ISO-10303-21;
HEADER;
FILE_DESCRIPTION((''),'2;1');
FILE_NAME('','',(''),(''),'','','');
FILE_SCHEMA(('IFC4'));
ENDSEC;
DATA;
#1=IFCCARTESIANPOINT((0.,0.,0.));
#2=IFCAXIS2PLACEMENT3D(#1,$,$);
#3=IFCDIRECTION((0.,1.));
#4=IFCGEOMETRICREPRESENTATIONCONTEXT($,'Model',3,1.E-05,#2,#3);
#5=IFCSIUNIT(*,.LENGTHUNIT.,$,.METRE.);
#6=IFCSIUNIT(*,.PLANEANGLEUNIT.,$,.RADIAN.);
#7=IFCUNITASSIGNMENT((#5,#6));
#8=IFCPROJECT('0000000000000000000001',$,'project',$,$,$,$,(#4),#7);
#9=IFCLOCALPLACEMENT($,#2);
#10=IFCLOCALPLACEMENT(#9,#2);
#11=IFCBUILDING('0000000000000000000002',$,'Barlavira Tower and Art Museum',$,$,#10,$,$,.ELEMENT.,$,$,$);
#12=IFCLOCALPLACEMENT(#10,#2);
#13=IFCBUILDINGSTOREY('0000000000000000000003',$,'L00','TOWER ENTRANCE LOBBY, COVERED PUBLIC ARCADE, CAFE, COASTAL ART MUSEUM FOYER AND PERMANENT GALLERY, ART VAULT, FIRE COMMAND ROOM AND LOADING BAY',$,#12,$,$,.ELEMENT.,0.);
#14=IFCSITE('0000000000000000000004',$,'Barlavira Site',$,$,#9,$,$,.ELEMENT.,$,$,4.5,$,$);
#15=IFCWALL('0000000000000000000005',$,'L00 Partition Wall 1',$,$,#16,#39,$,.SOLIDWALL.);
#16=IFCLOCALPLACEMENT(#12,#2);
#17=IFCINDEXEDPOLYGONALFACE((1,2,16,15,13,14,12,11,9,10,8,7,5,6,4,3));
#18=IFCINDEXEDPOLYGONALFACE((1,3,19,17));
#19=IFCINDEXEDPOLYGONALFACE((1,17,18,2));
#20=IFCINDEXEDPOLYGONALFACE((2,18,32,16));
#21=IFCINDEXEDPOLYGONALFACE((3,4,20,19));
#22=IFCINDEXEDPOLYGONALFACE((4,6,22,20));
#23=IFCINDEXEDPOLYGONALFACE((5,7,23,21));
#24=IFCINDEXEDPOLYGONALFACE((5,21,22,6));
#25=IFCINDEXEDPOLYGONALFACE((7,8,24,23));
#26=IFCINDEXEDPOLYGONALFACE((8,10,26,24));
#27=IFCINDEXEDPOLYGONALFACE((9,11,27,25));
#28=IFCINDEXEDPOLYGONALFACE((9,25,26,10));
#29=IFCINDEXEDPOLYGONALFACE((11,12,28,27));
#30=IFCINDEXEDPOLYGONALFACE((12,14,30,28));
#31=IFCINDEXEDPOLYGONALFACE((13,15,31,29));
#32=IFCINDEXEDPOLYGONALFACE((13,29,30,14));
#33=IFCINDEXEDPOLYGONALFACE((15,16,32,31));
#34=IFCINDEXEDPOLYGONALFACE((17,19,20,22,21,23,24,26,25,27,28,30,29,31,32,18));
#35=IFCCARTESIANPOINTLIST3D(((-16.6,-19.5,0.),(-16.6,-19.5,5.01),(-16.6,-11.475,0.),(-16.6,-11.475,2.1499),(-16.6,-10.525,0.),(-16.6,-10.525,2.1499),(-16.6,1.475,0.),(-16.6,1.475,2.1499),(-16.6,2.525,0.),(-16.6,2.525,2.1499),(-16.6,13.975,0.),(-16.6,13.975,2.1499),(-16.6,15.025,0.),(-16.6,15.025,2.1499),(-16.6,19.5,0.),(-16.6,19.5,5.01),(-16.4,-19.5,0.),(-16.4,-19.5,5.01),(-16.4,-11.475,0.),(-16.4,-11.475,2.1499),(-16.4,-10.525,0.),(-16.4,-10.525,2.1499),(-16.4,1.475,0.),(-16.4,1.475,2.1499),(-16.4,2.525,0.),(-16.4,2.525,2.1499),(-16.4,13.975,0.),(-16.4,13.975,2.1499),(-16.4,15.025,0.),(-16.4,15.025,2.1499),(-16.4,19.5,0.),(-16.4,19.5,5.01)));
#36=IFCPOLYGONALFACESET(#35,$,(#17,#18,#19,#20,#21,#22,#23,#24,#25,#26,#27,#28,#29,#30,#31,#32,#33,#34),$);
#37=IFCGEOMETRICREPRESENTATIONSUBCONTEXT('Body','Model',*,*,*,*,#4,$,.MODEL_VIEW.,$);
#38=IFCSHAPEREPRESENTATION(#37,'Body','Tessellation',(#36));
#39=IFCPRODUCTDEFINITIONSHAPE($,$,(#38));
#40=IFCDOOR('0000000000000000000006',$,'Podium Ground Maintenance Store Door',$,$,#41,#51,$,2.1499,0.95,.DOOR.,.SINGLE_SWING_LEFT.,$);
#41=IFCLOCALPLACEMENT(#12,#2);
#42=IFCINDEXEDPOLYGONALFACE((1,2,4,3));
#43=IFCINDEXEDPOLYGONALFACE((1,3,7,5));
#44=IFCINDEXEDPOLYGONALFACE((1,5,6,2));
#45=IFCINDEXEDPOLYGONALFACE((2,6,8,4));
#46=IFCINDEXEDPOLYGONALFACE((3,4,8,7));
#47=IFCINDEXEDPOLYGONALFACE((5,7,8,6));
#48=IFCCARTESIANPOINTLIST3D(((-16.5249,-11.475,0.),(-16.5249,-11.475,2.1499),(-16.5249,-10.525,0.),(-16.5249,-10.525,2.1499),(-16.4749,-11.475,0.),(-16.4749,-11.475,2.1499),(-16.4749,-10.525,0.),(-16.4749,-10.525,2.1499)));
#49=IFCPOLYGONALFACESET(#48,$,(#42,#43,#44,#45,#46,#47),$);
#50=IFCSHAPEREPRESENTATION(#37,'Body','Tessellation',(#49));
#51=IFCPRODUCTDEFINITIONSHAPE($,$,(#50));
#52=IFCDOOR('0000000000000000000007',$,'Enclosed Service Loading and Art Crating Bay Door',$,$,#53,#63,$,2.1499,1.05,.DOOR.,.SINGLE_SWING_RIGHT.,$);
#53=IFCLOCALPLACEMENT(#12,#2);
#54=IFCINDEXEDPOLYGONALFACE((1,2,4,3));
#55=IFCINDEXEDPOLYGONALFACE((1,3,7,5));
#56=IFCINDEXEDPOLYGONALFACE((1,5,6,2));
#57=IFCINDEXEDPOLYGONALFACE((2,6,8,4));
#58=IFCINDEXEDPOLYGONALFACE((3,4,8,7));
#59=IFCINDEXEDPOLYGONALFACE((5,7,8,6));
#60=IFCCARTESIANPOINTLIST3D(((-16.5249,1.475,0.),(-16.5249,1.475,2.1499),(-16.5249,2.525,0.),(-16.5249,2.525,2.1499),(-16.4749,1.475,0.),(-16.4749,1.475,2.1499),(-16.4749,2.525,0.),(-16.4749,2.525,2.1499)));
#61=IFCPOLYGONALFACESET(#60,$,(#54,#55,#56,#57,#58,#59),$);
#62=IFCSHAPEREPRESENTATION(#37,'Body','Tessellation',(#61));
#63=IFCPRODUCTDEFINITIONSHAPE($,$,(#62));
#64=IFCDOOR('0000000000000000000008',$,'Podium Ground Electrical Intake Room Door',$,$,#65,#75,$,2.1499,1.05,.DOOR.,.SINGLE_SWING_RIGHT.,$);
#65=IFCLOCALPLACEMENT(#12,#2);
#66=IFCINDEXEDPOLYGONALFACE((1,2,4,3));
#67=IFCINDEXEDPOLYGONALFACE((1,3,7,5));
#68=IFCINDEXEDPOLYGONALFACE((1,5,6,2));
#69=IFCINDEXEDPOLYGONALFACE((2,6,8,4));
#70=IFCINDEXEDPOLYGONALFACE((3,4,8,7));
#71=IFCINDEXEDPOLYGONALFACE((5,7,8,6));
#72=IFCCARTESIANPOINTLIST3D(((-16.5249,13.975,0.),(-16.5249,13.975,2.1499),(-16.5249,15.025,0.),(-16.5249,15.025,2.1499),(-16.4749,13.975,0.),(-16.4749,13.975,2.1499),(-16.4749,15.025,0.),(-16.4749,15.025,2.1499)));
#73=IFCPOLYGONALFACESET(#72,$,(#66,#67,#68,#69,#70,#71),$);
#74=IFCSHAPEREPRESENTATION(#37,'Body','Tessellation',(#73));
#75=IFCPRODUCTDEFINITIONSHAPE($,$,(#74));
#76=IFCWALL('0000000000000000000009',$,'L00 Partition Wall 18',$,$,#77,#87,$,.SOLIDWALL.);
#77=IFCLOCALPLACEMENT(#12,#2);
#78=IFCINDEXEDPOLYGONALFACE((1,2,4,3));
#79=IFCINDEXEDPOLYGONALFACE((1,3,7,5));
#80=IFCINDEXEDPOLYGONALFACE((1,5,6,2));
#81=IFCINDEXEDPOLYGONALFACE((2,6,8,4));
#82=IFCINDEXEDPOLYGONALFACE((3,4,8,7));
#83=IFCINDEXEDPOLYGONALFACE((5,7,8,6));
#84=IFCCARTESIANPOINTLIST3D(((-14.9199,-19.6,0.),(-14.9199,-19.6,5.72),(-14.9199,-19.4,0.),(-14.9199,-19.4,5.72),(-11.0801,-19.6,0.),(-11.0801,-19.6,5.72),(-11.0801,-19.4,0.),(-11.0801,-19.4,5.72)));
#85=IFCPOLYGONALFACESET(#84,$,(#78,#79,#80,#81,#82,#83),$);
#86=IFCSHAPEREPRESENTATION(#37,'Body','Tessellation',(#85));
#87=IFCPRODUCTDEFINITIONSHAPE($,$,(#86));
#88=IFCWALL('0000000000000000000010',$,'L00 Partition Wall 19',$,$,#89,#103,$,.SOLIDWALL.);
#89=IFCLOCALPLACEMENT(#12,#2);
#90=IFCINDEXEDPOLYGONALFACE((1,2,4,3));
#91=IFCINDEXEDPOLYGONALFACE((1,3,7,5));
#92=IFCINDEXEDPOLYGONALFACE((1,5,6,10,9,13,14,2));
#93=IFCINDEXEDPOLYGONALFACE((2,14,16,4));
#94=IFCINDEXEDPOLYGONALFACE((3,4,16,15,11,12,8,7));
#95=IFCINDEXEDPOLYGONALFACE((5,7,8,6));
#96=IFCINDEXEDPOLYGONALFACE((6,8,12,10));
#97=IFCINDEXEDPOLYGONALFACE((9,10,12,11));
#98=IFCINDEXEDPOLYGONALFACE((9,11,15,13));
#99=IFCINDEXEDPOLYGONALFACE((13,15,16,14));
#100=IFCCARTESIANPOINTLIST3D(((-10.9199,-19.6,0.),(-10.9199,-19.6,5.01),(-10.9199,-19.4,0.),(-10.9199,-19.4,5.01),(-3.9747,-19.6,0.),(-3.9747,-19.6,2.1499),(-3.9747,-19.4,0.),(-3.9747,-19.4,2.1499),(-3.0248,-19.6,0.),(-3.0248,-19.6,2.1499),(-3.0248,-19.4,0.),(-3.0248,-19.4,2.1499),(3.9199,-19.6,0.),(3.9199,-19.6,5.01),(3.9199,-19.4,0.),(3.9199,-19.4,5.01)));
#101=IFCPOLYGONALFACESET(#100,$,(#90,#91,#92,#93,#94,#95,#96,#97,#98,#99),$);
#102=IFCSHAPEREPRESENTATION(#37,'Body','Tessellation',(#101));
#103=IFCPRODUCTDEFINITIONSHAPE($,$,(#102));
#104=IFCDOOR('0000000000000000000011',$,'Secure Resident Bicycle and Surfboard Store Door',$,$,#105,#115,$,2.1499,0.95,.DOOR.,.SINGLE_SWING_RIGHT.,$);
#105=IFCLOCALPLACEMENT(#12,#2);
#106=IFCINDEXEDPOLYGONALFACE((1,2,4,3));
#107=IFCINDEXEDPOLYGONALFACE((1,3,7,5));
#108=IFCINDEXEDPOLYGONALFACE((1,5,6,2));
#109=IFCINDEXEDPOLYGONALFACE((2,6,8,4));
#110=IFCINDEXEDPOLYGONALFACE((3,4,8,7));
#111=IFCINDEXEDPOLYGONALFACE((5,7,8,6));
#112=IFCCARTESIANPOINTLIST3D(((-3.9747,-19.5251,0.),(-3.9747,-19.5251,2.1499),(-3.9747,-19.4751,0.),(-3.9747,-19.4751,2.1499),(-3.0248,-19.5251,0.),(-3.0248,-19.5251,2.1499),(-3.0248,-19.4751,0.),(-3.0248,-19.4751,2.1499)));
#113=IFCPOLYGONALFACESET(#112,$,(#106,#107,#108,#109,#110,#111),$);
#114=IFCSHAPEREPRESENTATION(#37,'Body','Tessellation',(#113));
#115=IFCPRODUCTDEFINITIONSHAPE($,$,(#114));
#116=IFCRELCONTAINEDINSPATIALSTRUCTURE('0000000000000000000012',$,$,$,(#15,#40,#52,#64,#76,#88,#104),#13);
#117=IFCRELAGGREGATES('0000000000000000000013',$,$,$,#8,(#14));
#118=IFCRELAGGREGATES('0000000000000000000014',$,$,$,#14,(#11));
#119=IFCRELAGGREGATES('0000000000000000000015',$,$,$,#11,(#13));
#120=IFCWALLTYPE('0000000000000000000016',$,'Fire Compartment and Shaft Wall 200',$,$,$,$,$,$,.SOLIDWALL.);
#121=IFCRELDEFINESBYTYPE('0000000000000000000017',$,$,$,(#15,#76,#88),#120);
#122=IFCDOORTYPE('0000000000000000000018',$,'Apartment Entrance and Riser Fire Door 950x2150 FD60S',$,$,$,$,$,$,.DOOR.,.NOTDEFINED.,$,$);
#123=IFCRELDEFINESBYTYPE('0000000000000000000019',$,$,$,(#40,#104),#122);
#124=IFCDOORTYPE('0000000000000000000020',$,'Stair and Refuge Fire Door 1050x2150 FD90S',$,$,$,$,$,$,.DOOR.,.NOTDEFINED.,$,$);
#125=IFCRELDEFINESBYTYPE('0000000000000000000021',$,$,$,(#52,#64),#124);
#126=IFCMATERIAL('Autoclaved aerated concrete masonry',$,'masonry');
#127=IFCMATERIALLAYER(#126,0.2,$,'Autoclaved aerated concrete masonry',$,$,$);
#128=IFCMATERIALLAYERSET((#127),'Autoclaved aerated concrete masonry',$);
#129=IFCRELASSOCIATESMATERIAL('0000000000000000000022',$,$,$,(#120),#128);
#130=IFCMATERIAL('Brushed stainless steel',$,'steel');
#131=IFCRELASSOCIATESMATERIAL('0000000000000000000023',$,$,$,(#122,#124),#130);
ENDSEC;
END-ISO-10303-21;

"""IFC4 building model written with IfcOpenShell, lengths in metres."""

from ifc_helpers import new_model, si_unit, direction, frame, frame_2d, origin, place, context, subcontext, project, spatial, rectangle, extrude, material, layer, layer_set, type_object, element, fill, save


model = new_model("IFC4")

# Units and contexts
model_context = context("Model", 3, precision=1e-05, world=origin(), true_north=direction((0.0, 1.0)))
body_context = subcontext(model_context, "Body", "Model", "MODEL_VIEW")
ifc_project = project(units=[si_unit("LENGTHUNIT", "METRE"), si_unit("PLANEANGLEUNIT", "RADIAN")], contexts=[model_context])

# Site, building, storey
site_placement = place(None, origin())
site = spatial("IfcSite", under=ifc_project, at=site_placement, Name="Barlavira Site", CompositionType="ELEMENT", RefElevation=4.5)
building_placement = place(site_placement, origin())
building = spatial("IfcBuilding", under=site, at=building_placement, Name="Barlavira Tower and Art Museum", CompositionType="ELEMENT")
storey_placement = place(building_placement, origin())
storey = spatial("IfcBuildingStorey", under=building, at=storey_placement, Name="L00", Description="TOWER ENTRANCE LOBBY, COVERED PUBLIC ARCADE, CAFE, COASTAL ART MUSEUM FOYER AND PERMANENT GALLERY, ART VAULT, FIRE COMMAND ROOM AND LOADING BAY", CompositionType="ELEMENT", Elevation=0.0)

# Shared definitions
ifc_material_1 = material(Name="Autoclaved aerated concrete masonry", Category="masonry")
ifc_layer = layer(ifc_material_1, 0.2, Name="Autoclaved aerated concrete masonry")
ifc_layer_set = layer_set([ifc_layer], Name="Autoclaved aerated concrete masonry")
wall_type = type_object("IfcWallType", Name="Fire Compartment and Shaft Wall 200", PredefinedType="SOLIDWALL", material=ifc_layer_set)

# Wall, openings, doors
wall_1_placement = place(storey_placement, frame((-16.5, -19.5, 0.0), z_axis=(0.0, 0.0, 1.0), x_axis=(0.0, 1.0, 0.0)))
wall_1 = element("IfcWall", 1, at=wall_1_placement, inside=storey, type_object=wall_type, Name="L00 Partition Wall 1", PredefinedType="SOLIDWALL", context=body_context, shape_type="SweptSolid", body=[
    extrude(rectangle(XDim=39.0, YDim=0.2, at=frame_2d((19.5, 0.0))), origin(), (0.0, 0.0, 1.0), 5.01),
])
opening_1_placement = place(wall_1_placement, frame((20.9751, 0.0, 0.0)))
opening_1 = element("IfcOpeningElement", 2, at=opening_1_placement, cuts=wall_1, PredefinedType="OPENING", context=body_context, shape_type="SweptSolid", body=[
    extrude(rectangle(XDim=1.05, YDim=2.1499, at=frame_2d((0.5249, 1.075))), frame((0.0, 0.1099, 0.0), z_axis=(0.0, -1.0, 0.0), x_axis=(1.0, 0.0, 0.0)), (0.0, 0.0, 1.0), 0.22),
])
opening_2_placement = place(wall_1_placement, frame((8.0249, 0.0, 0.0)))
opening_2 = element("IfcOpeningElement", 3, at=opening_2_placement, cuts=wall_1, PredefinedType="OPENING", context=body_context, shape_type="SweptSolid", body=[
    extrude(rectangle(XDim=0.95, YDim=2.1499, at=frame_2d((0.4751, 1.075))), frame((0.0, 0.1099, 0.0), z_axis=(0.0, -1.0, 0.0), x_axis=(1.0, 0.0, 0.0)), (0.0, 0.0, 1.0), 0.22),
])
opening_3_placement = place(wall_1_placement, frame((33.4751, 0.0, 0.0)))
opening_3 = element("IfcOpeningElement", 4, at=opening_3_placement, cuts=wall_1, PredefinedType="OPENING", context=body_context, shape_type="SweptSolid", body=[
    extrude(rectangle(XDim=1.05, YDim=2.1499, at=frame_2d((0.5249, 1.075))), frame((0.0, 0.1099, 0.0), z_axis=(0.0, -1.0, 0.0), x_axis=(1.0, 0.0, 0.0)), (0.0, 0.0, 1.0), 0.22),
])
ifc_material_2 = material(Name="Brushed stainless steel", Category="steel")
door_type_1 = type_object("IfcDoorType", Name="Apartment Entrance and Riser Fire Door 950x2150 FD60S", OperationType="NOTDEFINED", PredefinedType="DOOR", material=ifc_material_2)
door_1_placement = place(opening_2_placement, origin())
door_1 = element("IfcDoor", 5, at=door_1_placement, inside=storey, type_object=door_type_1, Name="Podium Ground Maintenance Store Door", OperationType="SINGLE_SWING_LEFT", OverallHeight=2.1499, OverallWidth=0.95, PredefinedType="DOOR", context=body_context, shape_type="SweptSolid", body=[
    extrude(rectangle(XDim=0.95, YDim=2.1499, at=frame_2d((0.4751, 1.075))), frame((0.0, 0.0249, 0.0), z_axis=(0.0, -1.0, 0.0), x_axis=(1.0, 0.0, 0.0)), (0.0, 0.0, 1.0), 0.05),
])
fill(opening_2, door_1)
door_type_2 = type_object("IfcDoorType", Name="Stair and Refuge Fire Door 1050x2150 FD90S", OperationType="NOTDEFINED", PredefinedType="DOOR", material=ifc_material_2)
door_2_placement = place(opening_1_placement, origin())
door_2 = element("IfcDoor", 6, at=door_2_placement, inside=storey, type_object=door_type_2, Name="Enclosed Service Loading and Art Crating Bay Door", OperationType="SINGLE_SWING_RIGHT", OverallHeight=2.1499, OverallWidth=1.05, PredefinedType="DOOR", context=body_context, shape_type="SweptSolid", body=[
    extrude(rectangle(XDim=1.05, YDim=2.1499, at=frame_2d((0.5249, 1.075))), frame((0.0, 0.0249, 0.0), z_axis=(0.0, -1.0, 0.0), x_axis=(1.0, 0.0, 0.0)), (0.0, 0.0, 1.0), 0.05),
])
fill(opening_1, door_2)
door_3_placement = place(opening_3_placement, origin())
door_3 = element("IfcDoor", 7, at=door_3_placement, inside=storey, type_object=door_type_2, Name="Podium Ground Electrical Intake Room Door", OperationType="SINGLE_SWING_RIGHT", OverallHeight=2.1499, OverallWidth=1.05, PredefinedType="DOOR", context=body_context, shape_type="SweptSolid", body=[
    extrude(rectangle(XDim=1.05, YDim=2.1499, at=frame_2d((0.5249, 1.075))), frame((0.0, 0.0249, 0.0), z_axis=(0.0, -1.0, 0.0), x_axis=(1.0, 0.0, 0.0)), (0.0, 0.0, 1.0), 0.05),
])
fill(opening_3, door_3)

# Wall
wall_2_placement = place(storey_placement, frame((-14.9199, -19.5, 0.0), z_axis=(0.0, 0.0, 1.0), x_axis=(1.0, 0.0, 0.0)))
element("IfcWall", 8, at=wall_2_placement, inside=storey, type_object=wall_type, Name="L00 Partition Wall 18", PredefinedType="SOLIDWALL", context=body_context, shape_type="SweptSolid", body=[
    extrude(rectangle(XDim=3.8398, YDim=0.2, at=frame_2d((1.9199, 0.0))), origin(), (0.0, 0.0, 1.0), 5.72),
])

# Wall, opening, door
wall_3_placement = place(storey_placement, frame((-10.9199, -19.5, 0.0), z_axis=(0.0, 0.0, 1.0), x_axis=(1.0, 0.0, 0.0)))
wall_3 = element("IfcWall", 9, at=wall_3_placement, inside=storey, type_object=wall_type, Name="L00 Partition Wall 19", PredefinedType="SOLIDWALL", context=body_context, shape_type="SweptSolid", body=[
    extrude(rectangle(XDim=14.8398, YDim=0.2, at=frame_2d((7.4199, 0.0))), origin(), (0.0, 0.0, 1.0), 5.01),
])
opening_4_placement = place(wall_3_placement, frame((6.9451, 0.0, 0.0)))
opening_4 = element("IfcOpeningElement", 10, at=opening_4_placement, cuts=wall_3, PredefinedType="OPENING", context=body_context, shape_type="SweptSolid", body=[
    extrude(rectangle(XDim=0.95, YDim=2.1499, at=frame_2d((0.4751, 1.075))), frame((0.0, 0.1099, 0.0), z_axis=(0.0, -1.0, 0.0), x_axis=(1.0, 0.0, 0.0)), (0.0, 0.0, 1.0), 0.22),
])
door_4_placement = place(opening_4_placement, origin())
door_4 = element("IfcDoor", 11, at=door_4_placement, inside=storey, type_object=door_type_1, Name="Secure Resident Bicycle and Surfboard Store Door", OperationType="SINGLE_SWING_RIGHT", OverallHeight=2.1499, OverallWidth=0.95, PredefinedType="DOOR", context=body_context, shape_type="SweptSolid", body=[
    extrude(rectangle(XDim=0.95, YDim=2.1499, at=frame_2d((0.4751, 1.075))), frame((0.0, 0.0249, 0.0), z_axis=(0.0, -1.0, 0.0), x_axis=(1.0, 0.0, 0.0)), (0.0, 0.0, 1.0), 0.05),
])
fill(opening_4, door_4)

save(model, "model.ifc")
